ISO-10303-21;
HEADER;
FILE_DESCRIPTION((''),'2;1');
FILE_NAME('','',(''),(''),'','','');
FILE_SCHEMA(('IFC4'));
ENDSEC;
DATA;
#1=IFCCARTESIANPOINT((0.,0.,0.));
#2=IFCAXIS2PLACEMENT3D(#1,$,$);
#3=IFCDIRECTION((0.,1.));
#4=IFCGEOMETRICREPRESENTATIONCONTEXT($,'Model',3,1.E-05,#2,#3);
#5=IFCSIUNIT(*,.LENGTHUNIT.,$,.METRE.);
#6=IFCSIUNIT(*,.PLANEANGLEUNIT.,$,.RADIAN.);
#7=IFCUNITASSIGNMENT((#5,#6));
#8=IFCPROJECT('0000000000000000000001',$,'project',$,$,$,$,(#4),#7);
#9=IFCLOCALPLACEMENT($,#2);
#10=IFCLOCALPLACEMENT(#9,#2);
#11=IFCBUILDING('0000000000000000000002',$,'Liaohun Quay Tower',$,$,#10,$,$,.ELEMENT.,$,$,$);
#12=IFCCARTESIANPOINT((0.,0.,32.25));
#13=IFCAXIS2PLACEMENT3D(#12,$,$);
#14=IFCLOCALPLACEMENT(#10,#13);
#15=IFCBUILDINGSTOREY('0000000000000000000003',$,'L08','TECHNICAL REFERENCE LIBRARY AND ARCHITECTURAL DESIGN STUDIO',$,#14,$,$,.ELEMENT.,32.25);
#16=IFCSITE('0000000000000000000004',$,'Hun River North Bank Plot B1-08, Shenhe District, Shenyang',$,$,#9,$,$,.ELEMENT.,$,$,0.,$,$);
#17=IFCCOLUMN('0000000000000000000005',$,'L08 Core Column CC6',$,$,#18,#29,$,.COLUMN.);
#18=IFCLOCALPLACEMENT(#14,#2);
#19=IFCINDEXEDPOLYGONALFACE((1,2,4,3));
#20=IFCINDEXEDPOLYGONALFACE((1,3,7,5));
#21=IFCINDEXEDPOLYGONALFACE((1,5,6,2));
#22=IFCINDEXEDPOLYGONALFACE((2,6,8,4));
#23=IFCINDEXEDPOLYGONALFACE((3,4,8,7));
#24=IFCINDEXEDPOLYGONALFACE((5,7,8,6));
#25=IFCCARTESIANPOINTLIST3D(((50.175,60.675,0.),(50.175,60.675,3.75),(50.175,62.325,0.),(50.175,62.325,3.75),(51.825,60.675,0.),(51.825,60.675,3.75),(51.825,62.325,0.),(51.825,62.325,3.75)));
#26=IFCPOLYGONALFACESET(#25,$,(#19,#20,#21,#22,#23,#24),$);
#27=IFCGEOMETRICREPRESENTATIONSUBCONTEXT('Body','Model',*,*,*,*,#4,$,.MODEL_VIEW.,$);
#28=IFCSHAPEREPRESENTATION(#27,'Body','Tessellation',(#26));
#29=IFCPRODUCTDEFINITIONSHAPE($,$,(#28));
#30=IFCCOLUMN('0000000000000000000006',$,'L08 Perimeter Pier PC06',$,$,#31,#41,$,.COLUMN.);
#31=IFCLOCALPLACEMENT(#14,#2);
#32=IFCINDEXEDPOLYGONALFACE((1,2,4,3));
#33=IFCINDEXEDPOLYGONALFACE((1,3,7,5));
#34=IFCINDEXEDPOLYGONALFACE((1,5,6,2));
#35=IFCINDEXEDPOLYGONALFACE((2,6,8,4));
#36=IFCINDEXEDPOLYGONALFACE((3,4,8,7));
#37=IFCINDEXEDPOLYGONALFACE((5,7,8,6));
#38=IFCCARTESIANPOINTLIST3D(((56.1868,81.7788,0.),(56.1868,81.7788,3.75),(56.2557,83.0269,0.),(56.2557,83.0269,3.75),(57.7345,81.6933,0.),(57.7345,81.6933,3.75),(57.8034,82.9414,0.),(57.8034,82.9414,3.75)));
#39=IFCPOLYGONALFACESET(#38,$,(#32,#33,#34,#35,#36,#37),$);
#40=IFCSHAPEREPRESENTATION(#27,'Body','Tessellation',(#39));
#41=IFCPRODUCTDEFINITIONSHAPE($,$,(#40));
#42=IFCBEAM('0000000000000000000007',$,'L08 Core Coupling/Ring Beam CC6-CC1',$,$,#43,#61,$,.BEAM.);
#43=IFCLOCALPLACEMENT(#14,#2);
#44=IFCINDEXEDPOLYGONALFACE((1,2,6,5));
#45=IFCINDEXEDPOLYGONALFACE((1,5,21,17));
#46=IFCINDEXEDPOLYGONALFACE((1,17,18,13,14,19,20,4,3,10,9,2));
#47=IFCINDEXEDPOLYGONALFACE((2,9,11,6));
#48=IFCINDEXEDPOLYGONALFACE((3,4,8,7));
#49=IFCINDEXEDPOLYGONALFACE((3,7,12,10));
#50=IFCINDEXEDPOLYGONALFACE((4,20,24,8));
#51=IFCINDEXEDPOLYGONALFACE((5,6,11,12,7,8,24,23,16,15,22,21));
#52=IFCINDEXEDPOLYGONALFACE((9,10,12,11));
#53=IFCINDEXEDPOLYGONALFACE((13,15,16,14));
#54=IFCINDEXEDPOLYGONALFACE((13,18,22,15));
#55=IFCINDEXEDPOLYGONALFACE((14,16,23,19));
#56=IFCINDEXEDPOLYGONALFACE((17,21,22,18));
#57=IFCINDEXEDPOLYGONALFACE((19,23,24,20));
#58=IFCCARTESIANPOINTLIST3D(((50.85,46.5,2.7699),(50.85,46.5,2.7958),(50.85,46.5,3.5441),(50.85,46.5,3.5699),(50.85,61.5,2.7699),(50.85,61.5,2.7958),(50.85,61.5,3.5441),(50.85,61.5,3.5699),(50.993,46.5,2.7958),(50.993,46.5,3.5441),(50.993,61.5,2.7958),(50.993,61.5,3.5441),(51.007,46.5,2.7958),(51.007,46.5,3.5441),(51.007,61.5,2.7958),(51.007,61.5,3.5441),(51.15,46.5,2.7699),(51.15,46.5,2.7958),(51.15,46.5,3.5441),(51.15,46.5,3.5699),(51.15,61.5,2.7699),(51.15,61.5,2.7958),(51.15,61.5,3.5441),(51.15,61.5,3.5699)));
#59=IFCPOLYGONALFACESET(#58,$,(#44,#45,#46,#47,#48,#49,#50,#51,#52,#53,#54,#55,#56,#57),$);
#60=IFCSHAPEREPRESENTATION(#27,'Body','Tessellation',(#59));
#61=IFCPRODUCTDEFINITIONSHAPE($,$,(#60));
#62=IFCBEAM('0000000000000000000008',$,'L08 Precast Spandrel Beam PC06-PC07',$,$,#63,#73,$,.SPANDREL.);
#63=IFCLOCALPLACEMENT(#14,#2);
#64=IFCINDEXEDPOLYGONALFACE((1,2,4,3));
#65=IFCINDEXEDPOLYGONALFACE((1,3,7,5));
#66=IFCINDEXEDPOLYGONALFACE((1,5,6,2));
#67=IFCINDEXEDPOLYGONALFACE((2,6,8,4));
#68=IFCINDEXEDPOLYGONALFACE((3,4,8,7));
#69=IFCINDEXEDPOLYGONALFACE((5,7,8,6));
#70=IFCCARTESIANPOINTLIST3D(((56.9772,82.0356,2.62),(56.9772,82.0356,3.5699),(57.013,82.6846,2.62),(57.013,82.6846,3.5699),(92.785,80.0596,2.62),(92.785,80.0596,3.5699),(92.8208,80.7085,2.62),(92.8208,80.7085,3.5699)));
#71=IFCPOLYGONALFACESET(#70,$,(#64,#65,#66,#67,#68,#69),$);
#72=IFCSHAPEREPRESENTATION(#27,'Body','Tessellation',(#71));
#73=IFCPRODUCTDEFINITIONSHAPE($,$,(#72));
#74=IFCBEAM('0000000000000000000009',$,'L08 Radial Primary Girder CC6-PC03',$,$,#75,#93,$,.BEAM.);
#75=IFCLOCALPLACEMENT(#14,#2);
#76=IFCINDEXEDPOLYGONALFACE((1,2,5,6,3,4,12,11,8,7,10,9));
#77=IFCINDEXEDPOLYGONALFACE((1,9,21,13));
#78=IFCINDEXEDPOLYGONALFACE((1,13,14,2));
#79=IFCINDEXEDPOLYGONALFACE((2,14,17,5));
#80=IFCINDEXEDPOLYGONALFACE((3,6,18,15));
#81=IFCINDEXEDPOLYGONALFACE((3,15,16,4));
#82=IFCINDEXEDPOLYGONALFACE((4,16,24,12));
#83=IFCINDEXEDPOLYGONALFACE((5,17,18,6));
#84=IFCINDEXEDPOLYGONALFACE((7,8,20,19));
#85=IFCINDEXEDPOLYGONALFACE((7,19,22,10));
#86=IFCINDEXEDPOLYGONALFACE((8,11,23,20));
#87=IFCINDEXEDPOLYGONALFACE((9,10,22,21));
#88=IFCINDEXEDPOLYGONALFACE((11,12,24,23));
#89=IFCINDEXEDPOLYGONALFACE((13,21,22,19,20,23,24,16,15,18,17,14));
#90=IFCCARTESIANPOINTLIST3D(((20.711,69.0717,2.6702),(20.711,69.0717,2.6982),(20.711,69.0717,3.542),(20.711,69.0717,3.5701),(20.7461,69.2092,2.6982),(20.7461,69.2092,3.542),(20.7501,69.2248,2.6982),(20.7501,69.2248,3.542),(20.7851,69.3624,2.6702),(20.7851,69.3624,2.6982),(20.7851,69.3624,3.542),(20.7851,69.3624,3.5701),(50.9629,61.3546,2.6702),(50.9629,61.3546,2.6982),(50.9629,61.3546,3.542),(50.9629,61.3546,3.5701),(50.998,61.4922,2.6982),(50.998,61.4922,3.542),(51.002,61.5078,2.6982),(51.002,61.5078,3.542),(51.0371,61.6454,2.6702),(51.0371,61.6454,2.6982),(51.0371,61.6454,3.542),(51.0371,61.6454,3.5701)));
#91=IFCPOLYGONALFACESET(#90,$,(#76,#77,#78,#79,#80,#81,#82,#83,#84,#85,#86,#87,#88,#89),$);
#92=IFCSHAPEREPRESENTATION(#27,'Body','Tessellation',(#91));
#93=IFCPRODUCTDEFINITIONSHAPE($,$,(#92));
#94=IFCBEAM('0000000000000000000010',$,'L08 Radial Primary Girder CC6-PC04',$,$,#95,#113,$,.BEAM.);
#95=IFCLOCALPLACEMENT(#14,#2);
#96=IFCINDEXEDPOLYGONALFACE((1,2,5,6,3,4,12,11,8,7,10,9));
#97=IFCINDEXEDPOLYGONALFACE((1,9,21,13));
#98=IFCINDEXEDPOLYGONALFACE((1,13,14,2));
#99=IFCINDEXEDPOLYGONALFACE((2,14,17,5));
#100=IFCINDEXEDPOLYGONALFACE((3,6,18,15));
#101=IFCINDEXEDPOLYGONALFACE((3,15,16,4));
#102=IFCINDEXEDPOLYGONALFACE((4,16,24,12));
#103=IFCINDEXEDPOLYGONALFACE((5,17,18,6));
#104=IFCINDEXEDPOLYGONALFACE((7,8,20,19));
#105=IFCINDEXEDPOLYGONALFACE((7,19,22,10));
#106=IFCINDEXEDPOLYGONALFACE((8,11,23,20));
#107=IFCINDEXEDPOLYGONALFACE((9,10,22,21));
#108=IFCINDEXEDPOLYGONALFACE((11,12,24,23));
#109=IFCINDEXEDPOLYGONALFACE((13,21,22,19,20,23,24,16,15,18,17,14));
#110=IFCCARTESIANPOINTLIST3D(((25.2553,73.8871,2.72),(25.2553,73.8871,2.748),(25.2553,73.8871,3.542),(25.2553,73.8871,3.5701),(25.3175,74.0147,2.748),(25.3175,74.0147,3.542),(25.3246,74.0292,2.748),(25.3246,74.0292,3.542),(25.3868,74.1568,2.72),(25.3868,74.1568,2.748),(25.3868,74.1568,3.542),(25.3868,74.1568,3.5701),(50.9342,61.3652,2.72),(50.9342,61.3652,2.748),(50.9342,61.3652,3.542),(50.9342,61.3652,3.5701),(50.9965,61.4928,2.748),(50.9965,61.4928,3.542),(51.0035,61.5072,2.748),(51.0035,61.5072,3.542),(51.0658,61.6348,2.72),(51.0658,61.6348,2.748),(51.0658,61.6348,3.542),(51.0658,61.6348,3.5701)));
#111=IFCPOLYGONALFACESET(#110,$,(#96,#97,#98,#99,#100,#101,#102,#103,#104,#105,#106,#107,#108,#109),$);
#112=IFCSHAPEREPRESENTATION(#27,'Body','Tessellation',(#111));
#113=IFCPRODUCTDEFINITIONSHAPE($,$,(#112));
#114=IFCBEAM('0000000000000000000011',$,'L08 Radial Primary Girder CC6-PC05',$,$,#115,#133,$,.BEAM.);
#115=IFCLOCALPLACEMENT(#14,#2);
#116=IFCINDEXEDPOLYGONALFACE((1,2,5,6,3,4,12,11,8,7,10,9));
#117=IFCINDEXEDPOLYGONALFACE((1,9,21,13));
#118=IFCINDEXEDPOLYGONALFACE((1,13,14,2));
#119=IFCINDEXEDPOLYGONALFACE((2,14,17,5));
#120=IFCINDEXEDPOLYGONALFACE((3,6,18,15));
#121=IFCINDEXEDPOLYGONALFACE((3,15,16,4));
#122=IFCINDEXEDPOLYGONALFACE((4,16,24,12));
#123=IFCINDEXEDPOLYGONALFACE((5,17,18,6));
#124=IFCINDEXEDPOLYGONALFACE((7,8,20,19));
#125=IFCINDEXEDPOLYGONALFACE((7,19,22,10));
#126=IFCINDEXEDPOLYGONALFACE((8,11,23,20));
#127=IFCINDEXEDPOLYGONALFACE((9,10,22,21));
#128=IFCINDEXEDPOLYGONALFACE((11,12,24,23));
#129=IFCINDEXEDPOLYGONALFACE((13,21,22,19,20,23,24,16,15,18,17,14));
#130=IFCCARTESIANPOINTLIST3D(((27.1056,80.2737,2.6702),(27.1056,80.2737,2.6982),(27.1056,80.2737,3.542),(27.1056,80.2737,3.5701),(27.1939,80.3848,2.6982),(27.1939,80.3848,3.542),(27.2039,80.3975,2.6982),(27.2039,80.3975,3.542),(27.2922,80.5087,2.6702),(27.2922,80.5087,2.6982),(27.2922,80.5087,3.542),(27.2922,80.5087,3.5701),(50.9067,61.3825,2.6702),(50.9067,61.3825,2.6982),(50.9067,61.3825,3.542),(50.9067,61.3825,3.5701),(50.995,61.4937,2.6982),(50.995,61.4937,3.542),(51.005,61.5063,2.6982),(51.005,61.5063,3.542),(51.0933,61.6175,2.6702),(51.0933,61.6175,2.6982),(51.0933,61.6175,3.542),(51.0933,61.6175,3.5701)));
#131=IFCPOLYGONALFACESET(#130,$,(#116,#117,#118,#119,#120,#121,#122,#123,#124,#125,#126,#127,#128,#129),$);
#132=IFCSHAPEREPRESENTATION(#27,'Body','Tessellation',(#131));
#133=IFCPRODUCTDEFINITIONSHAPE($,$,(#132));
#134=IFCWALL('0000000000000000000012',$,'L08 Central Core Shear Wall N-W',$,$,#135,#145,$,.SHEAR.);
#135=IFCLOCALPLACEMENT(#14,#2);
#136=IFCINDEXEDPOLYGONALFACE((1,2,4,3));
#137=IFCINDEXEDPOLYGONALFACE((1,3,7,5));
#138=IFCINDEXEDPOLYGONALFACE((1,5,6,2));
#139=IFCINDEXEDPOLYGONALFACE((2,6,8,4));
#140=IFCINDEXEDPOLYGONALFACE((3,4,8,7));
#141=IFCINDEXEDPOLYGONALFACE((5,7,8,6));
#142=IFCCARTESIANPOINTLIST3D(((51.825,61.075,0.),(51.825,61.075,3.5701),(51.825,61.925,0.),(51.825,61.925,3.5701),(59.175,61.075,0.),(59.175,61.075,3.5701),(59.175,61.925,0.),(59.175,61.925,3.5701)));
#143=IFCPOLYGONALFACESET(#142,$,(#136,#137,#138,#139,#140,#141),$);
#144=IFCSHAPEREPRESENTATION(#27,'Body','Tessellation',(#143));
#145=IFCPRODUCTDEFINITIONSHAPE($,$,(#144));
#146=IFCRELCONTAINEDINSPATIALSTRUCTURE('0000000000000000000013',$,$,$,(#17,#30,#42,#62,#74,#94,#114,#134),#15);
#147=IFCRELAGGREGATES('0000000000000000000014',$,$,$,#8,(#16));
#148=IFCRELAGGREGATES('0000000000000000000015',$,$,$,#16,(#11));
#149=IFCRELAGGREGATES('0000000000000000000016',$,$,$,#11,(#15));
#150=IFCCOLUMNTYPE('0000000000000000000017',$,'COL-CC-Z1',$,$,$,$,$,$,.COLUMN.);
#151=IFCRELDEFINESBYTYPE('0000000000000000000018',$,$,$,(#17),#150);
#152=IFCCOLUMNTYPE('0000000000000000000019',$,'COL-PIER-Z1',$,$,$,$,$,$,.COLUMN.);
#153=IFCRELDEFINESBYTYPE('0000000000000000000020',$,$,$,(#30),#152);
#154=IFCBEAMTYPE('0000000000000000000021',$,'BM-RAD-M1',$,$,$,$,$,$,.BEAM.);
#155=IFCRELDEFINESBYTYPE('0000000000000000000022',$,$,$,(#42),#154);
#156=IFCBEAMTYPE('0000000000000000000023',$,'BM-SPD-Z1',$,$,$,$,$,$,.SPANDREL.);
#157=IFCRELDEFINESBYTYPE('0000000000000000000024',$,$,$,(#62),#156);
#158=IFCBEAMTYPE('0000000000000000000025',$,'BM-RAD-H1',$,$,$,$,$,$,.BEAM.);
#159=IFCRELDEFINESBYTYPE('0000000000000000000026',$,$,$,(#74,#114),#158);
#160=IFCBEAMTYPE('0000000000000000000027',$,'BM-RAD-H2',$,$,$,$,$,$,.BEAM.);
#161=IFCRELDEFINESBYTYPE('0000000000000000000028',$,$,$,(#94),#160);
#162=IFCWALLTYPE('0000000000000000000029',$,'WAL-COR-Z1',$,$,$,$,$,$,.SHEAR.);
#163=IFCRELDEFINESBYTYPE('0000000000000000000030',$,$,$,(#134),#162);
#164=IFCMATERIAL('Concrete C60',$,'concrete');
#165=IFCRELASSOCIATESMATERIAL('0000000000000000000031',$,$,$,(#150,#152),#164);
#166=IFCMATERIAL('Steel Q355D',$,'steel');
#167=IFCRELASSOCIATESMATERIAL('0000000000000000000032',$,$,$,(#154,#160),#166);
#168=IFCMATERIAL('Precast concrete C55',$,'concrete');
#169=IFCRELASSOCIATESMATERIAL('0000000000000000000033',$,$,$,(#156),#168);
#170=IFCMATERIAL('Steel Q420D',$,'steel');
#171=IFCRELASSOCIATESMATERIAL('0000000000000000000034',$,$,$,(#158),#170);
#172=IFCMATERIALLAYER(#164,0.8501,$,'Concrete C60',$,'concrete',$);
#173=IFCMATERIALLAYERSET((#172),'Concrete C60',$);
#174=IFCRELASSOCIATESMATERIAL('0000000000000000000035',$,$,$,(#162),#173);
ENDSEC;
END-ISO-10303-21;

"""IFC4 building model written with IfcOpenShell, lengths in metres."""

from ifc_helpers import new_model, si_unit, direction, frame, frame_2d, origin, origin_2d, place, context, subcontext, project, spatial, rectangle, i_section, extrude, source, transform, mapped, material, layer, layer_set, material_profile, profile_set, type_object, element, save


model = new_model("IFC4")

# Units and contexts
model_context = context("Model", 3, precision=1e-05, world=origin(), true_north=direction((0.0, 1.0)))
body_context = subcontext(model_context, "Body", "Model", "MODEL_VIEW")
ifc_project = project(units=[si_unit("LENGTHUNIT", "METRE"), si_unit("PLANEANGLEUNIT", "RADIAN")], contexts=[model_context])

# Site, building, storey
site_placement = place(None, origin())
site = spatial("IfcSite", under=ifc_project, at=site_placement, Name="Hun River North Bank Plot B1-08, Shenhe District, Shenyang", CompositionType="ELEMENT", RefElevation=0.0)
building_placement = place(site_placement, origin())
building = spatial("IfcBuilding", under=site, at=building_placement, Name="Liaohun Quay Tower", CompositionType="ELEMENT")
storey_placement = place(building_placement, frame((0.0, 0.0, 32.25)))
storey = spatial("IfcBuildingStorey", under=building, at=storey_placement, Name="L08", Description="TECHNICAL REFERENCE LIBRARY AND ARCHITECTURAL DESIGN STUDIO", CompositionType="ELEMENT", Elevation=32.25)

# Columns
ifc_material_1 = material(Name="Concrete C60", Category="concrete")
ifc_material_profile_1 = material_profile(ifc_material_1, rectangle(XDim=1.6499, YDim=1.6499, at=origin_2d()), Name="RC1650x1650")
ifc_profile_set_1 = profile_set([ifc_material_profile_1], Name="Concrete C60")
column_type_1 = type_object("IfcColumnType", Name="COL-CC-Z1", PredefinedType="COLUMN", material=ifc_profile_set_1)
shared_shape_1 = source(origin(), body_context, "Body", "SweptSolid", [
    extrude(rectangle(XDim=1.6499, YDim=1.6499, at=origin_2d()), origin(), (0.0, 0.0, 1.0), 3.75),
])
column_1_placement = place(storey_placement, frame((51.0, 61.5, 0.0), z_axis=(0.0, 0.0, 1.0), x_axis=(1.0, 0.0, 0.0)))
element("IfcColumn", 1, at=column_1_placement, inside=storey, type_object=column_type_1, Name="L08 Core Column CC6", PredefinedType="COLUMN", context=body_context, shape_type="MappedRepresentation", body=[
    mapped(shared_shape_1, transform((0.0, 0.0, 0.0), x_axis=(1.0, 0.0, 0.0), y_axis=(0.0, 1.0, 0.0), z_axis=(0.0, 0.0, 1.0), scale=1.0)),
])
ifc_material_profile_2 = material_profile(ifc_material_1, rectangle(XDim=1.55, YDim=1.25, at=origin_2d()), Name="RC1550x1250")
ifc_profile_set_2 = profile_set([ifc_material_profile_2], Name="Concrete C60")
column_type_2 = type_object("IfcColumnType", Name="COL-PIER-Z1", PredefinedType="COLUMN", material=ifc_profile_set_2)
shared_shape_2 = source(origin(), body_context, "Body", "SweptSolid", [
    extrude(rectangle(XDim=1.55, YDim=1.25, at=origin_2d()), origin(), (0.0, 0.0, 1.0), 3.75),
])
column_2_placement = place(storey_placement, frame((56.9951, 82.3601, 0.0), z_axis=(0.0, 0.0, 1.0), x_axis=(-0.998479, 0.055124, 0.0)))
element("IfcColumn", 2, at=column_2_placement, inside=storey, type_object=column_type_2, Name="L08 Perimeter Pier PC06", PredefinedType="COLUMN", context=body_context, shape_type="MappedRepresentation", body=[
    mapped(shared_shape_2, transform((0.0, 0.0, 0.0), x_axis=(1.0, 0.0, 0.0), y_axis=(0.0, 1.0, 0.0), z_axis=(0.0, 0.0, 1.0), scale=1.0)),
])

# Beams
ifc_material_2 = material(Name="Steel Q355D", Category="steel")
ifc_material_profile_3 = material_profile(ifc_material_2, i_section(OverallWidth=0.3, OverallDepth=0.8, WebThickness=0.0139, FlangeThickness=0.0259, at=origin_2d()), Name="HN800x300x14x26")
ifc_profile_set_3 = profile_set([ifc_material_profile_3], Name="Steel Q355D")
beam_type_1 = type_object("IfcBeamType", Name="BM-RAD-M1", PredefinedType="BEAM", material=ifc_profile_set_3)
shared_shape_3 = source(origin(), body_context, "Body", "SweptSolid", [
    extrude(i_section(OverallWidth=0.3, OverallDepth=0.8, WebThickness=0.0139, FlangeThickness=0.0259, at=origin_2d()), origin(), (0.0, 0.0, 1.0), 15.0),
])
beam_1_placement = place(storey_placement, frame((51.0, 61.5, 3.1699), z_axis=(0.0, -1.0, 0.0), x_axis=(1.0, 0.0, 0.0)))
element("IfcBeam", 3, at=beam_1_placement, inside=storey, type_object=beam_type_1, Name="L08 Core Coupling/Ring Beam CC6-CC1", PredefinedType="BEAM", context=body_context, shape_type="MappedRepresentation", body=[
    mapped(shared_shape_3, transform((0.0, 0.0, 0.0), x_axis=(1.0, 0.0, 0.0), y_axis=(0.0, 1.0, 0.0), z_axis=(0.0, 0.0, 1.0), scale=1.0)),
])
ifc_material_3 = material(Name="Precast concrete C55", Category="concrete")
ifc_material_profile_4 = material_profile(ifc_material_3, rectangle(XDim=0.6499, YDim=0.95, at=origin_2d()), Name="RC650x950")
ifc_profile_set_4 = profile_set([ifc_material_profile_4], Name="Precast concrete C55")
beam_type_2 = type_object("IfcBeamType", Name="BM-SPD-Z1", PredefinedType="SPANDREL", material=ifc_profile_set_4)
shared_shape_4 = source(origin(), body_context, "Body", "SweptSolid", [
    extrude(rectangle(XDim=0.6499, YDim=0.95, at=origin_2d()), origin(), (0.0, 0.0, 1.0), 35.8623),
])
beam_2_placement = place(storey_placement, frame((56.9951, 82.3601, 3.095), z_axis=(0.998481, -0.055102, 0.0), x_axis=(0.055102, 0.998481, 0.0)))
element("IfcBeam", 4, at=beam_2_placement, inside=storey, type_object=beam_type_2, Name="L08 Precast Spandrel Beam PC06-PC07", PredefinedType="SPANDREL", context=body_context, shape_type="MappedRepresentation", body=[
    mapped(shared_shape_4, transform((0.0, 0.0, 0.0), x_axis=(1.0, 0.0, 0.0), y_axis=(0.0, 1.0, 0.0), z_axis=(0.0, 0.0, 1.0), scale=1.0)),
])
ifc_material_4 = material(Name="Steel Q420D", Category="steel")
ifc_material_profile_5 = material_profile(ifc_material_4, i_section(OverallWidth=0.3, OverallDepth=0.8999, WebThickness=0.0161, FlangeThickness=0.0281, at=origin_2d()), Name="HN900x300x16x28")
ifc_profile_set_5 = profile_set([ifc_material_profile_5], Name="Steel Q420D")
beam_type_3 = type_object("IfcBeamType", Name="BM-RAD-H1", PredefinedType="BEAM", material=ifc_profile_set_5)
shared_shape_5 = source(origin(), body_context, "Body", "SweptSolid", [
    extrude(i_section(OverallWidth=0.3, OverallDepth=0.8999, WebThickness=0.0161, FlangeThickness=0.0281, at=origin_2d()), origin(), (0.0, 0.0, 1.0), 31.2207),
])
beam_3_placement = place(storey_placement, frame((51.0, 61.5, 3.1201), z_axis=(-0.96897, 0.247177, 0.0), x_axis=(-0.247177, -0.96897, 0.0)))
element("IfcBeam", 5, at=beam_3_placement, inside=storey, type_object=beam_type_3, Name="L08 Radial Primary Girder CC6-PC03", PredefinedType="BEAM", context=body_context, shape_type="MappedRepresentation", body=[
    mapped(shared_shape_5, transform((0.0, 0.0, 0.0), x_axis=(1.0, 0.0, 0.0), y_axis=(0.0, 1.0, 0.0), z_axis=(0.0, 0.0, 1.0), scale=1.0)),
])
ifc_material_profile_6 = material_profile(ifc_material_2, i_section(OverallWidth=0.3, OverallDepth=0.8501, WebThickness=0.0161, FlangeThickness=0.0281, at=origin_2d()), Name="HN850x300x16x28")
ifc_profile_set_6 = profile_set([ifc_material_profile_6], Name="Steel Q355D")
beam_type_4 = type_object("IfcBeamType", Name="BM-RAD-H2", PredefinedType="BEAM", material=ifc_profile_set_6)
shared_shape_6 = source(origin(), body_context, "Body", "SweptSolid", [
    extrude(i_section(OverallWidth=0.3, OverallDepth=0.8501, WebThickness=0.0161, FlangeThickness=0.0281, at=origin_2d()), origin(), (0.0, 0.0, 1.0), 28.5693),
])
beam_4_placement = place(storey_placement, frame((51.0, 61.5, 3.145), z_axis=(-0.898828, 0.438301, 0.0), x_axis=(-0.438301, -0.898828, 0.0)))
element("IfcBeam", 6, at=beam_4_placement, inside=storey, type_object=beam_type_4, Name="L08 Radial Primary Girder CC6-PC04", PredefinedType="BEAM", context=body_context, shape_type="MappedRepresentation", body=[
    mapped(shared_shape_6, transform((0.0, 0.0, 0.0), x_axis=(1.0, 0.0, 0.0), y_axis=(0.0, 1.0, 0.0), z_axis=(0.0, 0.0, 1.0), scale=1.0)),
])
shared_shape_7 = source(origin(), body_context, "Body", "SweptSolid", [
    extrude(i_section(OverallWidth=0.3, OverallDepth=0.8999, WebThickness=0.0161, FlangeThickness=0.0281, at=origin_2d()), origin(), (0.0, 0.0, 1.0), 30.387),
])
beam_5_placement = place(storey_placement, frame((51.0, 61.5, 3.1201), z_axis=(-0.783266, 0.621686, 0.0), x_axis=(-0.621686, -0.783266, 0.0)))
element("IfcBeam", 7, at=beam_5_placement, inside=storey, type_object=beam_type_3, Name="L08 Radial Primary Girder CC6-PC05", PredefinedType="BEAM", context=body_context, shape_type="MappedRepresentation", body=[
    mapped(shared_shape_7, transform((0.0, 0.0, 0.0), x_axis=(1.0, 0.0, 0.0), y_axis=(0.0, 1.0, 0.0), z_axis=(0.0, 0.0, 1.0), scale=1.0)),
])

# Wall
ifc_layer_1 = layer(ifc_material_1, 0.8501, Name="Concrete C60", Category="concrete")
ifc_layer_set_1 = layer_set([ifc_layer_1], Name="Concrete C60")
wall_type_1 = type_object("IfcWallType", Name="WAL-COR-Z1", PredefinedType="SHEAR", material=ifc_layer_set_1)
wall_1_placement = place(storey_placement, frame((51.825, 61.5, 0.0), z_axis=(0.0, 0.0, 1.0), x_axis=(1.0, 0.0, 0.0)))
element("IfcWall", 8, at=wall_1_placement, inside=storey, type_object=wall_type_1, Name="L08 Central Core Shear Wall N-W", PredefinedType="SHEAR", context=body_context, shape_type="SweptSolid", body=[
    extrude(rectangle(XDim=7.3501, YDim=0.8501, at=frame_2d((3.675, 0.0))), origin(), (0.0, 0.0, 1.0), 3.5701),
])

save(model, "model.ifc")
